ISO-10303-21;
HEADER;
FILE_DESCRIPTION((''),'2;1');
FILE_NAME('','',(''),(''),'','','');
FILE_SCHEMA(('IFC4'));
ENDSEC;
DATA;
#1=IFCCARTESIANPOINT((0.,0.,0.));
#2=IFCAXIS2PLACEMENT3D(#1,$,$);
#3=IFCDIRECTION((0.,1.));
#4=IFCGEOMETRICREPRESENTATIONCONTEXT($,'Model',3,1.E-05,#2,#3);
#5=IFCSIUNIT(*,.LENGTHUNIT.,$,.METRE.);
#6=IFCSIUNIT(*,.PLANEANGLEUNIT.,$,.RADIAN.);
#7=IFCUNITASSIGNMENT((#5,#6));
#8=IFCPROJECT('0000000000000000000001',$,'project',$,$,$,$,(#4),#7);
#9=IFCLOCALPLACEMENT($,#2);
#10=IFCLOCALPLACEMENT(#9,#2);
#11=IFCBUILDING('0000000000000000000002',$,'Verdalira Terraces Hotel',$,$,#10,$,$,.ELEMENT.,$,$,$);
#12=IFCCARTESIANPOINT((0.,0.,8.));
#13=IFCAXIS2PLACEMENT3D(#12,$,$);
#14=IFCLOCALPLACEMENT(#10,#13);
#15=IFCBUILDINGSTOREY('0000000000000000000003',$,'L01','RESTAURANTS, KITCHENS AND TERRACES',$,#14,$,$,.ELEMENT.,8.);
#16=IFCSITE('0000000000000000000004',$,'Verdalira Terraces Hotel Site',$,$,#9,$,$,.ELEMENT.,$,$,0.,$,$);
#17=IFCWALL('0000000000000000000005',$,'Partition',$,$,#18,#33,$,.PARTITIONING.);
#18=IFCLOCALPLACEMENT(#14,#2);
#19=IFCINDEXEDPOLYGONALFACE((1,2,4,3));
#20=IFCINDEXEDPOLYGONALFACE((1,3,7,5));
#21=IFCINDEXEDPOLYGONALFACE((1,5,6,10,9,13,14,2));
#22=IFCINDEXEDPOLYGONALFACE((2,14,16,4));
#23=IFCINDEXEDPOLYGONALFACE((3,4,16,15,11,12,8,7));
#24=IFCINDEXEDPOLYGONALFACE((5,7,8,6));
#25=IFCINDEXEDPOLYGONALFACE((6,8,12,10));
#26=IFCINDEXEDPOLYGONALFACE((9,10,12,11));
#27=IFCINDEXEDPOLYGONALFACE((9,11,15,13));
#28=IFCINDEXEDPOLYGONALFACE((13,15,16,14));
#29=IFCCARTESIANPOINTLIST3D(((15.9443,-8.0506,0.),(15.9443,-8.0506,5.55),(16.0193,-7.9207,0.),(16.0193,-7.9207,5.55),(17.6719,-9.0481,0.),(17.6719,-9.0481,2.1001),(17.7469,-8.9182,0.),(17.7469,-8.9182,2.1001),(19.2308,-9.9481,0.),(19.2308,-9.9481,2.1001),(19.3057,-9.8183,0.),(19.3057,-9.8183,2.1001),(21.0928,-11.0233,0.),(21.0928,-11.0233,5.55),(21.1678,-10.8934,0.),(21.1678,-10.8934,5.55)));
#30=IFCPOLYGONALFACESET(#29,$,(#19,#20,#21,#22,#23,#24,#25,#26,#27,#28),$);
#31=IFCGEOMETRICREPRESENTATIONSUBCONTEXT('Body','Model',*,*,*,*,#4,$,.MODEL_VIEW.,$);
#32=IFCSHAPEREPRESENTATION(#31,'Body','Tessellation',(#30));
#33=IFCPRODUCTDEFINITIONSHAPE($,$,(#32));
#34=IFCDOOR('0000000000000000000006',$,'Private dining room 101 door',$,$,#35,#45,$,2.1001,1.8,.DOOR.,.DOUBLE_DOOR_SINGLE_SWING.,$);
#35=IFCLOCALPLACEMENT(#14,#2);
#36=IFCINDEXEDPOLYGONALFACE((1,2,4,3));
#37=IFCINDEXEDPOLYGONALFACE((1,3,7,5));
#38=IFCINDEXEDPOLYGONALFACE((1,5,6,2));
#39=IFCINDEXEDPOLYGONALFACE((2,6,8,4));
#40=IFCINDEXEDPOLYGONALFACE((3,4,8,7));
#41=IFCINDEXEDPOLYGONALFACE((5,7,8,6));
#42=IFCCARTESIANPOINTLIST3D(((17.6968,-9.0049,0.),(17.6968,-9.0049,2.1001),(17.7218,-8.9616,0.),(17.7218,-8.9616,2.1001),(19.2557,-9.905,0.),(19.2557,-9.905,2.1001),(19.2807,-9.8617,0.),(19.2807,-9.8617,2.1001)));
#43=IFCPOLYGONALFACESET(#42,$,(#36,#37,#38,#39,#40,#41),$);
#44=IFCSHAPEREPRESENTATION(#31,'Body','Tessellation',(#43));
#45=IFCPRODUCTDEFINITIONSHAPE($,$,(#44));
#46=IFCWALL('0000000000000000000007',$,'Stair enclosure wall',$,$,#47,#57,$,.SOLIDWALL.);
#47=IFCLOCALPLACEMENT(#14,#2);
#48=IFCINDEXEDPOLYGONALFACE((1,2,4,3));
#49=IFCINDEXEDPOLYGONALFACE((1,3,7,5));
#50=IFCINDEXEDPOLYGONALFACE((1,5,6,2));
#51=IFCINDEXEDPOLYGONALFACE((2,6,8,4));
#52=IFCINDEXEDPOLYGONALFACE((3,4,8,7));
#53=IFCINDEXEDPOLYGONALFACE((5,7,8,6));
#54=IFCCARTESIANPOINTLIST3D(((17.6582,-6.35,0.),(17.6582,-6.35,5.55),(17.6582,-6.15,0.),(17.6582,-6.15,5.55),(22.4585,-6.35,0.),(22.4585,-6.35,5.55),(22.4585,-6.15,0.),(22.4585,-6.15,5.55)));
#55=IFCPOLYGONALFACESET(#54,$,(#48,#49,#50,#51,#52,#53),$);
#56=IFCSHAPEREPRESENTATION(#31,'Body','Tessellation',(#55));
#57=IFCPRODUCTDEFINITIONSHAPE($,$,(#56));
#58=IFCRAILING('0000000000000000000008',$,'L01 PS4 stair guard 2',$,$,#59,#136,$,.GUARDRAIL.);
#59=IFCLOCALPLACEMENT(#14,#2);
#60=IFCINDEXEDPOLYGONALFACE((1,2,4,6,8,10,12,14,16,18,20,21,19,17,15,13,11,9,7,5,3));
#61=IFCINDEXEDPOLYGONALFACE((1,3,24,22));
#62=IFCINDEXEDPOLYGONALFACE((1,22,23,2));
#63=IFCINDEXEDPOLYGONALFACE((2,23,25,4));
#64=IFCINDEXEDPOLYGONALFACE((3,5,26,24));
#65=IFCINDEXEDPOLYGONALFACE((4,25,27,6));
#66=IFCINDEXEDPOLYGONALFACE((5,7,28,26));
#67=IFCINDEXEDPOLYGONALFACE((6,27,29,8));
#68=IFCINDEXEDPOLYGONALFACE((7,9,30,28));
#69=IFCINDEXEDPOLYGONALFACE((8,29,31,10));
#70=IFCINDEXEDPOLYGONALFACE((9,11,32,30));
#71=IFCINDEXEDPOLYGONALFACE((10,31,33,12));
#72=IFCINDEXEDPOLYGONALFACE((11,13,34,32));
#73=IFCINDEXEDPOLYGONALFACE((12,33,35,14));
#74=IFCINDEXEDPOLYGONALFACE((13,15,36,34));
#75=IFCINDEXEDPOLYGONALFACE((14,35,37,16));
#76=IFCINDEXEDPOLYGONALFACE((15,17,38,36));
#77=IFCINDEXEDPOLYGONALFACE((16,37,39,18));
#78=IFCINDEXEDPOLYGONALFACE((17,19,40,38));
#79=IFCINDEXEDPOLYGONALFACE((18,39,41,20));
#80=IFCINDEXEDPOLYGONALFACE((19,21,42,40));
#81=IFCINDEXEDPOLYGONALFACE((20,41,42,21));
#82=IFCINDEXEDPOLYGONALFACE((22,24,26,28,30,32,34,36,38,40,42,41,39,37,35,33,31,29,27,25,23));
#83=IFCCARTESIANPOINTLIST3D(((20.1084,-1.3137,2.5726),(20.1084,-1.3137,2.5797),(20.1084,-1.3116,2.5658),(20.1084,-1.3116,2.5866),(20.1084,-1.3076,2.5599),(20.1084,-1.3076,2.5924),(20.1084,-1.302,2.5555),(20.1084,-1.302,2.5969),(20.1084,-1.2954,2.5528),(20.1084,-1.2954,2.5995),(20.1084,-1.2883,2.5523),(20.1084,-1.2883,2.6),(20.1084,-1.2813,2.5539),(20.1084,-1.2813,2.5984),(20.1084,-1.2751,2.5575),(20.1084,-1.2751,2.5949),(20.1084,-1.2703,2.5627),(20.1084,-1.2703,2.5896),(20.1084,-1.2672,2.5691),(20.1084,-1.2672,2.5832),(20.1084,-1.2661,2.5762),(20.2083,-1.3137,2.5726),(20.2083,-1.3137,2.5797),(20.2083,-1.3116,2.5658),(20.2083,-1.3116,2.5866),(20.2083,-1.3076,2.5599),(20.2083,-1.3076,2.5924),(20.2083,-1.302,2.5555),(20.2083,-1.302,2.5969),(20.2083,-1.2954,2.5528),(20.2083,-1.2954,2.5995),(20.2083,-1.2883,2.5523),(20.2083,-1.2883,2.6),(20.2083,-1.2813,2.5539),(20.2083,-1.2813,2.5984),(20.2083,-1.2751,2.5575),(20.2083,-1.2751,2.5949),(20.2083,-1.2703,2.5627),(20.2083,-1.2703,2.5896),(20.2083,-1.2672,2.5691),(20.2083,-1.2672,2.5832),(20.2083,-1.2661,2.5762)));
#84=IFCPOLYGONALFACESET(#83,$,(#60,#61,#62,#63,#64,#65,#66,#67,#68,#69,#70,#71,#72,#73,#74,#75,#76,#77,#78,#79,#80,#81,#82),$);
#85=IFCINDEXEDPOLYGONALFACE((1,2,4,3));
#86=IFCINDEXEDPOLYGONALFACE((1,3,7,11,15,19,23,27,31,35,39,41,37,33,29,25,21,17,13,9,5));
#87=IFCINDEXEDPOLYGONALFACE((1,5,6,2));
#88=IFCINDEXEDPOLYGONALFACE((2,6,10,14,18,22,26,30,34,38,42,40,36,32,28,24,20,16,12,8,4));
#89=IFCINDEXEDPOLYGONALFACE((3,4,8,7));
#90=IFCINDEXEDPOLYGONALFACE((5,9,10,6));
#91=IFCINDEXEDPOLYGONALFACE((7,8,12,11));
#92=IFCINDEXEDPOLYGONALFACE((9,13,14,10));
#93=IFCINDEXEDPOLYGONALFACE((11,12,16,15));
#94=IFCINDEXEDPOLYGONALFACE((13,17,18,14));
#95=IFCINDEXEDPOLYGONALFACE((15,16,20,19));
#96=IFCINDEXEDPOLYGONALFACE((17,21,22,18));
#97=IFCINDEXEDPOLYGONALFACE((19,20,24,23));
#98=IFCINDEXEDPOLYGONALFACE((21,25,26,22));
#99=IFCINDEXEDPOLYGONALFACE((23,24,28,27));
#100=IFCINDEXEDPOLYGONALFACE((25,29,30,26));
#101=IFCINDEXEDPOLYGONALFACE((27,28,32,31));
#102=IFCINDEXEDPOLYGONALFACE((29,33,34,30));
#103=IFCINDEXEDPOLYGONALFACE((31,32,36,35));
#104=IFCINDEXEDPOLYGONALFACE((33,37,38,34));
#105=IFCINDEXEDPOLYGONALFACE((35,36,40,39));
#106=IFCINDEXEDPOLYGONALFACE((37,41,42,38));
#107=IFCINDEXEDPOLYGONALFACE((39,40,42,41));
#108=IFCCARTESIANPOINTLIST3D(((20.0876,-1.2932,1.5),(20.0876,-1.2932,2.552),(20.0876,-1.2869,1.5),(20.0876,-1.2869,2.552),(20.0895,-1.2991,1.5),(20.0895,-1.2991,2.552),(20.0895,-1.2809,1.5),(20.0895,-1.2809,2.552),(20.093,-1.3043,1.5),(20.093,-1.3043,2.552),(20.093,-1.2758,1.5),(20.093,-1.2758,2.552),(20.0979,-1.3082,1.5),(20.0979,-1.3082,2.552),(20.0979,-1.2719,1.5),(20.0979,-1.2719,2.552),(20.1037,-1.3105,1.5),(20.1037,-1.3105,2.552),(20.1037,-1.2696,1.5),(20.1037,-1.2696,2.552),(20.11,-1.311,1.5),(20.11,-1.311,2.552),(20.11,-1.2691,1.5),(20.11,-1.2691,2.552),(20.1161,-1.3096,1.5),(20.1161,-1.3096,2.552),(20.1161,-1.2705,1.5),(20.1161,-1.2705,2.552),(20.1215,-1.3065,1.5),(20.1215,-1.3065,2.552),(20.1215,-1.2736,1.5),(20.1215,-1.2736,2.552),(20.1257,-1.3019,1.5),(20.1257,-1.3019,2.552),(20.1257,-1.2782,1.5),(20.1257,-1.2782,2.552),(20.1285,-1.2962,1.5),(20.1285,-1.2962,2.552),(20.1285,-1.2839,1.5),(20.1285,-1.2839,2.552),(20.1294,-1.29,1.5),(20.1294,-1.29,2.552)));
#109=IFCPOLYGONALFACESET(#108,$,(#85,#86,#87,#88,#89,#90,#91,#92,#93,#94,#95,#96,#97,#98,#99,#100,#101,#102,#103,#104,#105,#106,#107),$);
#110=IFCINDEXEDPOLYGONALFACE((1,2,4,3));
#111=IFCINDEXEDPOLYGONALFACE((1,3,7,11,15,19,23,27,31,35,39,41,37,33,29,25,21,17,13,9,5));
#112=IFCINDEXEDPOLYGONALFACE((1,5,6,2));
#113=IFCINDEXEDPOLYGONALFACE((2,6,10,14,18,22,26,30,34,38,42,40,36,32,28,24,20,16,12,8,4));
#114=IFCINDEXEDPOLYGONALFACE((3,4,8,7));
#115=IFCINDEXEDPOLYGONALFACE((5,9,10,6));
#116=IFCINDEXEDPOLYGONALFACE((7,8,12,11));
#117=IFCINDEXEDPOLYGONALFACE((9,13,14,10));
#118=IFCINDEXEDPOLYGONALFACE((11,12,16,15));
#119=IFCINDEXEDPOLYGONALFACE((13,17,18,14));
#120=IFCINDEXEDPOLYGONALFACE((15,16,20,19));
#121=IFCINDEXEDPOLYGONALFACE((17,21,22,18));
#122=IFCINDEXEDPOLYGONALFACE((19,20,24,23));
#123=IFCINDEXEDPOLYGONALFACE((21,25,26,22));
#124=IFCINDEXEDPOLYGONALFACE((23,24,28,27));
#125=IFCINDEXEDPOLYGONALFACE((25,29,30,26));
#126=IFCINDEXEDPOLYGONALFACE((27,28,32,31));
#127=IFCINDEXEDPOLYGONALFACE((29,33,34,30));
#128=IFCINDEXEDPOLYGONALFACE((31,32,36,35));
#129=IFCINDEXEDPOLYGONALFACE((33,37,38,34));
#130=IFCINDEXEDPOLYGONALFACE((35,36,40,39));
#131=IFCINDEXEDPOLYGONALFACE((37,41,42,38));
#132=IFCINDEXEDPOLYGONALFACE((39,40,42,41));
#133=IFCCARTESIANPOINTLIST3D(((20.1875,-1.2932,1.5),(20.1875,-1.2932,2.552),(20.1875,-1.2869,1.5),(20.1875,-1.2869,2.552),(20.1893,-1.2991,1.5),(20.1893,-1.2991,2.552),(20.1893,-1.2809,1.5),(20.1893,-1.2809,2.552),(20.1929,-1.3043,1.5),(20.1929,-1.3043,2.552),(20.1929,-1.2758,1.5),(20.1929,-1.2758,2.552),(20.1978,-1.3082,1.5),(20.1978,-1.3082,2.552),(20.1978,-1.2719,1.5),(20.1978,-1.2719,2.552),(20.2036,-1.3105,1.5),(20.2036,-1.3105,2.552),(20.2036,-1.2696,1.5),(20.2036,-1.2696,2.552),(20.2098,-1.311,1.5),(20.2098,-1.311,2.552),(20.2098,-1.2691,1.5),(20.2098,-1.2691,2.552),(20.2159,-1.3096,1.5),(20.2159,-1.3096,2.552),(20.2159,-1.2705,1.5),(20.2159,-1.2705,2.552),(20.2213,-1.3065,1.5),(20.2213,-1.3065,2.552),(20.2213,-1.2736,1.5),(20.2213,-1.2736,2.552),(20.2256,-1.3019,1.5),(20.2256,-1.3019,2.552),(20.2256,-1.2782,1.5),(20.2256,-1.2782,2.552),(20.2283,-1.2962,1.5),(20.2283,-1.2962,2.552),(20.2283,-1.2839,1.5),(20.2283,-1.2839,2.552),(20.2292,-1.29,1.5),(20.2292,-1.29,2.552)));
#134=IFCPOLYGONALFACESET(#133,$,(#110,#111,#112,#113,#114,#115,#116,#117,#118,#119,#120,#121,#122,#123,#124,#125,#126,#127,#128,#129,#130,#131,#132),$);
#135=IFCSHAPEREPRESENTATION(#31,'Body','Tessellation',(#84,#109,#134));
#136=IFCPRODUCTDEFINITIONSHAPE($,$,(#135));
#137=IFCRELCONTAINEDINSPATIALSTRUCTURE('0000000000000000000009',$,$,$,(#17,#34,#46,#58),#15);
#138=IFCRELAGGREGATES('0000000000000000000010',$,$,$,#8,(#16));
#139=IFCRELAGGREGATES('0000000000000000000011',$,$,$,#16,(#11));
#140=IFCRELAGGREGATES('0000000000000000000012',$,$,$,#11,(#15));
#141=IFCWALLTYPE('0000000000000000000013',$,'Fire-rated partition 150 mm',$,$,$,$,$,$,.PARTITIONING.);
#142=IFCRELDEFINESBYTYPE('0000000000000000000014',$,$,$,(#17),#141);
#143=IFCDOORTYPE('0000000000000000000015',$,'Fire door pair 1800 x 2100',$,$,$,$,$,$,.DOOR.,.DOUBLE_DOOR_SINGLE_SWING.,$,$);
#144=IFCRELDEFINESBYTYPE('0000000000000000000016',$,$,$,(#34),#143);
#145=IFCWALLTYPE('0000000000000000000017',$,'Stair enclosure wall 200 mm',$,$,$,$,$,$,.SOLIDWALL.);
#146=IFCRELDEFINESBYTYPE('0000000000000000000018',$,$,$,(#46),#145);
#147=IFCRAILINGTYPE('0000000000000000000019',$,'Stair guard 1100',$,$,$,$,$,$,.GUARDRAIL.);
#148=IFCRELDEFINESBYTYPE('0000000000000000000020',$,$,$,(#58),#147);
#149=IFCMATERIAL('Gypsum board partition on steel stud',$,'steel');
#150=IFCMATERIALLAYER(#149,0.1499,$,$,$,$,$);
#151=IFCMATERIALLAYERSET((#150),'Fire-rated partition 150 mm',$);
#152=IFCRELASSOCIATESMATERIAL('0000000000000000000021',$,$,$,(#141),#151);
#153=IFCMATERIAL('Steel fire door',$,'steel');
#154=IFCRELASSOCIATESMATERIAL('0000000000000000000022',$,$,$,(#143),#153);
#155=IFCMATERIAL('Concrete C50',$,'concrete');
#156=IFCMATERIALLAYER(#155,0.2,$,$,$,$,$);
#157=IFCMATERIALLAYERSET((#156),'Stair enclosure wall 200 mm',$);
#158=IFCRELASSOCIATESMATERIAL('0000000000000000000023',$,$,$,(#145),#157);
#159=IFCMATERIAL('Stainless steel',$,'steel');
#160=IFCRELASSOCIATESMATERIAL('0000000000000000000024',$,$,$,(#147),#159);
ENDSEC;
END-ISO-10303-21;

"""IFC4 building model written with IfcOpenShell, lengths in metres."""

from ifc_helpers import new_model, si_unit, direction, frame, frame_2d, origin, origin_2d, place, context, subcontext, project, spatial, rectangle, circle, extrude, material, layer, layer_set, type_object, element, fill, save


model = new_model("IFC4")

# Units and contexts
model_context = context("Model", 3, precision=1e-05, world=origin(), true_north=direction((0.0, 1.0)))
body_context = subcontext(model_context, "Body", "Model", "MODEL_VIEW")
ifc_project = project(units=[si_unit("LENGTHUNIT", "METRE"), si_unit("PLANEANGLEUNIT", "RADIAN")], contexts=[model_context])

# Site, building, storey
site_placement = place(None, origin())
site = spatial("IfcSite", under=ifc_project, at=site_placement, Name="Verdalira Terraces Hotel Site", CompositionType="ELEMENT", RefElevation=0.0)
building_placement = place(site_placement, origin())
building = spatial("IfcBuilding", under=site, at=building_placement, Name="Verdalira Terraces Hotel", CompositionType="ELEMENT")
storey_placement = place(building_placement, frame((0.0, 0.0, 8.0)))
storey = spatial("IfcBuildingStorey", under=building, at=storey_placement, Name="L01", Description="RESTAURANTS, KITCHENS AND TERRACES", CompositionType="ELEMENT", Elevation=8.0)

# Shared definitions
ifc_material_1 = material(Name="Gypsum board partition on steel stud", Category="steel")
ifc_layer_1 = layer(ifc_material_1, 0.1499)
ifc_layer_set_1 = layer_set([ifc_layer_1], Name="Fire-rated partition 150 mm")
wall_type_1 = type_object("IfcWallType", Name="Fire-rated partition 150 mm", PredefinedType="PARTITIONING", material=ifc_layer_set_1)

# Shared definitions
ifc_material_2 = material(Name="Steel fire door", Category="steel")
door_type_1 = type_object("IfcDoorType", Name="Fire door pair 1800 x 2100", OperationType="DOUBLE_DOOR_SINGLE_SWING", PredefinedType="DOOR", material=ifc_material_2)

# Wall, opening, door
wall_1_placement = place(storey_placement, frame((15.9817, -7.9856, 0.0), z_axis=(0.0, 0.0, 1.0), x_axis=(0.866011, -0.500026, 0.0)))
wall_1 = element("IfcWall", 1, at=wall_1_placement, inside=storey, type_object=wall_type_1, Name="Partition", PredefinedType="PARTITIONING", context=body_context, shape_type="SweptSolid", body=[
    extrude(rectangle(XDim=5.9451, YDim=0.1499, at=frame_2d((2.9727, 0.0))), origin(), (0.0, 0.0, 1.0), 5.55),
])
opening_1_placement = place(wall_1_placement, frame((1.9951, 0.0, 0.0)))
opening_1 = element("IfcOpeningElement", 2, at=opening_1_placement, cuts=wall_1, PredefinedType="OPENING", context=body_context, shape_type="SweptSolid", body=[
    extrude(rectangle(XDim=1.8, YDim=2.1001, at=frame_2d((0.8999, 1.05))), frame((0.0, 0.085, 0.0), z_axis=(0.0, -1.0, 0.0), x_axis=(1.0, 0.0, 0.0)), (0.0, 0.0, 1.0), 0.1699),
])
door_1_placement = place(opening_1_placement, origin())
door_1 = element("IfcDoor", 3, at=door_1_placement, inside=storey, type_object=door_type_1, Name="Private dining room 101 door", OperationType="DOUBLE_DOOR_SINGLE_SWING", OverallHeight=2.1001, OverallWidth=1.8, PredefinedType="DOOR", context=body_context, shape_type="SweptSolid", body=[
    extrude(rectangle(XDim=1.8, YDim=2.1001, at=frame_2d((0.8999, 1.05))), frame((0.0, 0.0249, 0.0), z_axis=(0.0, -1.0, 0.0), x_axis=(1.0, 0.0, 0.0)), (0.0, 0.0, 1.0), 0.05),
])
fill(opening_1, door_1)

# Wall
ifc_material_3 = material(Name="Concrete C50", Category="concrete")
ifc_layer_2 = layer(ifc_material_3, 0.2)
ifc_layer_set_2 = layer_set([ifc_layer_2], Name="Stair enclosure wall 200 mm")
wall_type_2 = type_object("IfcWallType", Name="Stair enclosure wall 200 mm", PredefinedType="SOLIDWALL", material=ifc_layer_set_2)
wall_2_placement = place(storey_placement, frame((17.6582, -6.25, 0.0), z_axis=(0.0, 0.0, 1.0), x_axis=(1.0, 0.0, 0.0)))
element("IfcWall", 4, at=wall_2_placement, inside=storey, type_object=wall_type_2, Name="Stair enclosure wall", PredefinedType="SOLIDWALL", context=body_context, shape_type="SweptSolid", body=[
    extrude(rectangle(XDim=4.8003, YDim=0.2, at=frame_2d((2.4001, 0.0))), origin(), (0.0, 0.0, 1.0), 5.55),
])

# Railing
ifc_material_4 = material(Name="Stainless steel", Category="steel")
railing_type = type_object("IfcRailingType", Name="Stair guard 1100", PredefinedType="GUARDRAIL", material=ifc_material_4)
railing_1_placement = place(storey_placement, frame((20.1084, -1.29, 1.5)))
element("IfcRailing", 5, at=railing_1_placement, inside=storey, type_object=railing_type, Name="L01 PS4 stair guard 2", PredefinedType="GUARDRAIL", context=body_context, shape_type="SweptSolid", body=[
    extrude(circle(Radius=0.0239, at=origin_2d()), frame((0.0, 0.0, 1.0762), z_axis=(1.0, 0.0, 0.0), x_axis=(0.0, 1.0, 0.0)), (0.0, 0.0, 1.0), 0.0999),
    extrude(circle(Radius=0.021, at=origin_2d()), origin(), (0.0, 0.0, 1.0), 1.052),
    extrude(circle(Radius=0.021, at=origin_2d()), frame((0.0999, 0.0, 0.0)), (0.0, 0.0, 1.0), 1.052),
])

save(model, "model.ifc")
